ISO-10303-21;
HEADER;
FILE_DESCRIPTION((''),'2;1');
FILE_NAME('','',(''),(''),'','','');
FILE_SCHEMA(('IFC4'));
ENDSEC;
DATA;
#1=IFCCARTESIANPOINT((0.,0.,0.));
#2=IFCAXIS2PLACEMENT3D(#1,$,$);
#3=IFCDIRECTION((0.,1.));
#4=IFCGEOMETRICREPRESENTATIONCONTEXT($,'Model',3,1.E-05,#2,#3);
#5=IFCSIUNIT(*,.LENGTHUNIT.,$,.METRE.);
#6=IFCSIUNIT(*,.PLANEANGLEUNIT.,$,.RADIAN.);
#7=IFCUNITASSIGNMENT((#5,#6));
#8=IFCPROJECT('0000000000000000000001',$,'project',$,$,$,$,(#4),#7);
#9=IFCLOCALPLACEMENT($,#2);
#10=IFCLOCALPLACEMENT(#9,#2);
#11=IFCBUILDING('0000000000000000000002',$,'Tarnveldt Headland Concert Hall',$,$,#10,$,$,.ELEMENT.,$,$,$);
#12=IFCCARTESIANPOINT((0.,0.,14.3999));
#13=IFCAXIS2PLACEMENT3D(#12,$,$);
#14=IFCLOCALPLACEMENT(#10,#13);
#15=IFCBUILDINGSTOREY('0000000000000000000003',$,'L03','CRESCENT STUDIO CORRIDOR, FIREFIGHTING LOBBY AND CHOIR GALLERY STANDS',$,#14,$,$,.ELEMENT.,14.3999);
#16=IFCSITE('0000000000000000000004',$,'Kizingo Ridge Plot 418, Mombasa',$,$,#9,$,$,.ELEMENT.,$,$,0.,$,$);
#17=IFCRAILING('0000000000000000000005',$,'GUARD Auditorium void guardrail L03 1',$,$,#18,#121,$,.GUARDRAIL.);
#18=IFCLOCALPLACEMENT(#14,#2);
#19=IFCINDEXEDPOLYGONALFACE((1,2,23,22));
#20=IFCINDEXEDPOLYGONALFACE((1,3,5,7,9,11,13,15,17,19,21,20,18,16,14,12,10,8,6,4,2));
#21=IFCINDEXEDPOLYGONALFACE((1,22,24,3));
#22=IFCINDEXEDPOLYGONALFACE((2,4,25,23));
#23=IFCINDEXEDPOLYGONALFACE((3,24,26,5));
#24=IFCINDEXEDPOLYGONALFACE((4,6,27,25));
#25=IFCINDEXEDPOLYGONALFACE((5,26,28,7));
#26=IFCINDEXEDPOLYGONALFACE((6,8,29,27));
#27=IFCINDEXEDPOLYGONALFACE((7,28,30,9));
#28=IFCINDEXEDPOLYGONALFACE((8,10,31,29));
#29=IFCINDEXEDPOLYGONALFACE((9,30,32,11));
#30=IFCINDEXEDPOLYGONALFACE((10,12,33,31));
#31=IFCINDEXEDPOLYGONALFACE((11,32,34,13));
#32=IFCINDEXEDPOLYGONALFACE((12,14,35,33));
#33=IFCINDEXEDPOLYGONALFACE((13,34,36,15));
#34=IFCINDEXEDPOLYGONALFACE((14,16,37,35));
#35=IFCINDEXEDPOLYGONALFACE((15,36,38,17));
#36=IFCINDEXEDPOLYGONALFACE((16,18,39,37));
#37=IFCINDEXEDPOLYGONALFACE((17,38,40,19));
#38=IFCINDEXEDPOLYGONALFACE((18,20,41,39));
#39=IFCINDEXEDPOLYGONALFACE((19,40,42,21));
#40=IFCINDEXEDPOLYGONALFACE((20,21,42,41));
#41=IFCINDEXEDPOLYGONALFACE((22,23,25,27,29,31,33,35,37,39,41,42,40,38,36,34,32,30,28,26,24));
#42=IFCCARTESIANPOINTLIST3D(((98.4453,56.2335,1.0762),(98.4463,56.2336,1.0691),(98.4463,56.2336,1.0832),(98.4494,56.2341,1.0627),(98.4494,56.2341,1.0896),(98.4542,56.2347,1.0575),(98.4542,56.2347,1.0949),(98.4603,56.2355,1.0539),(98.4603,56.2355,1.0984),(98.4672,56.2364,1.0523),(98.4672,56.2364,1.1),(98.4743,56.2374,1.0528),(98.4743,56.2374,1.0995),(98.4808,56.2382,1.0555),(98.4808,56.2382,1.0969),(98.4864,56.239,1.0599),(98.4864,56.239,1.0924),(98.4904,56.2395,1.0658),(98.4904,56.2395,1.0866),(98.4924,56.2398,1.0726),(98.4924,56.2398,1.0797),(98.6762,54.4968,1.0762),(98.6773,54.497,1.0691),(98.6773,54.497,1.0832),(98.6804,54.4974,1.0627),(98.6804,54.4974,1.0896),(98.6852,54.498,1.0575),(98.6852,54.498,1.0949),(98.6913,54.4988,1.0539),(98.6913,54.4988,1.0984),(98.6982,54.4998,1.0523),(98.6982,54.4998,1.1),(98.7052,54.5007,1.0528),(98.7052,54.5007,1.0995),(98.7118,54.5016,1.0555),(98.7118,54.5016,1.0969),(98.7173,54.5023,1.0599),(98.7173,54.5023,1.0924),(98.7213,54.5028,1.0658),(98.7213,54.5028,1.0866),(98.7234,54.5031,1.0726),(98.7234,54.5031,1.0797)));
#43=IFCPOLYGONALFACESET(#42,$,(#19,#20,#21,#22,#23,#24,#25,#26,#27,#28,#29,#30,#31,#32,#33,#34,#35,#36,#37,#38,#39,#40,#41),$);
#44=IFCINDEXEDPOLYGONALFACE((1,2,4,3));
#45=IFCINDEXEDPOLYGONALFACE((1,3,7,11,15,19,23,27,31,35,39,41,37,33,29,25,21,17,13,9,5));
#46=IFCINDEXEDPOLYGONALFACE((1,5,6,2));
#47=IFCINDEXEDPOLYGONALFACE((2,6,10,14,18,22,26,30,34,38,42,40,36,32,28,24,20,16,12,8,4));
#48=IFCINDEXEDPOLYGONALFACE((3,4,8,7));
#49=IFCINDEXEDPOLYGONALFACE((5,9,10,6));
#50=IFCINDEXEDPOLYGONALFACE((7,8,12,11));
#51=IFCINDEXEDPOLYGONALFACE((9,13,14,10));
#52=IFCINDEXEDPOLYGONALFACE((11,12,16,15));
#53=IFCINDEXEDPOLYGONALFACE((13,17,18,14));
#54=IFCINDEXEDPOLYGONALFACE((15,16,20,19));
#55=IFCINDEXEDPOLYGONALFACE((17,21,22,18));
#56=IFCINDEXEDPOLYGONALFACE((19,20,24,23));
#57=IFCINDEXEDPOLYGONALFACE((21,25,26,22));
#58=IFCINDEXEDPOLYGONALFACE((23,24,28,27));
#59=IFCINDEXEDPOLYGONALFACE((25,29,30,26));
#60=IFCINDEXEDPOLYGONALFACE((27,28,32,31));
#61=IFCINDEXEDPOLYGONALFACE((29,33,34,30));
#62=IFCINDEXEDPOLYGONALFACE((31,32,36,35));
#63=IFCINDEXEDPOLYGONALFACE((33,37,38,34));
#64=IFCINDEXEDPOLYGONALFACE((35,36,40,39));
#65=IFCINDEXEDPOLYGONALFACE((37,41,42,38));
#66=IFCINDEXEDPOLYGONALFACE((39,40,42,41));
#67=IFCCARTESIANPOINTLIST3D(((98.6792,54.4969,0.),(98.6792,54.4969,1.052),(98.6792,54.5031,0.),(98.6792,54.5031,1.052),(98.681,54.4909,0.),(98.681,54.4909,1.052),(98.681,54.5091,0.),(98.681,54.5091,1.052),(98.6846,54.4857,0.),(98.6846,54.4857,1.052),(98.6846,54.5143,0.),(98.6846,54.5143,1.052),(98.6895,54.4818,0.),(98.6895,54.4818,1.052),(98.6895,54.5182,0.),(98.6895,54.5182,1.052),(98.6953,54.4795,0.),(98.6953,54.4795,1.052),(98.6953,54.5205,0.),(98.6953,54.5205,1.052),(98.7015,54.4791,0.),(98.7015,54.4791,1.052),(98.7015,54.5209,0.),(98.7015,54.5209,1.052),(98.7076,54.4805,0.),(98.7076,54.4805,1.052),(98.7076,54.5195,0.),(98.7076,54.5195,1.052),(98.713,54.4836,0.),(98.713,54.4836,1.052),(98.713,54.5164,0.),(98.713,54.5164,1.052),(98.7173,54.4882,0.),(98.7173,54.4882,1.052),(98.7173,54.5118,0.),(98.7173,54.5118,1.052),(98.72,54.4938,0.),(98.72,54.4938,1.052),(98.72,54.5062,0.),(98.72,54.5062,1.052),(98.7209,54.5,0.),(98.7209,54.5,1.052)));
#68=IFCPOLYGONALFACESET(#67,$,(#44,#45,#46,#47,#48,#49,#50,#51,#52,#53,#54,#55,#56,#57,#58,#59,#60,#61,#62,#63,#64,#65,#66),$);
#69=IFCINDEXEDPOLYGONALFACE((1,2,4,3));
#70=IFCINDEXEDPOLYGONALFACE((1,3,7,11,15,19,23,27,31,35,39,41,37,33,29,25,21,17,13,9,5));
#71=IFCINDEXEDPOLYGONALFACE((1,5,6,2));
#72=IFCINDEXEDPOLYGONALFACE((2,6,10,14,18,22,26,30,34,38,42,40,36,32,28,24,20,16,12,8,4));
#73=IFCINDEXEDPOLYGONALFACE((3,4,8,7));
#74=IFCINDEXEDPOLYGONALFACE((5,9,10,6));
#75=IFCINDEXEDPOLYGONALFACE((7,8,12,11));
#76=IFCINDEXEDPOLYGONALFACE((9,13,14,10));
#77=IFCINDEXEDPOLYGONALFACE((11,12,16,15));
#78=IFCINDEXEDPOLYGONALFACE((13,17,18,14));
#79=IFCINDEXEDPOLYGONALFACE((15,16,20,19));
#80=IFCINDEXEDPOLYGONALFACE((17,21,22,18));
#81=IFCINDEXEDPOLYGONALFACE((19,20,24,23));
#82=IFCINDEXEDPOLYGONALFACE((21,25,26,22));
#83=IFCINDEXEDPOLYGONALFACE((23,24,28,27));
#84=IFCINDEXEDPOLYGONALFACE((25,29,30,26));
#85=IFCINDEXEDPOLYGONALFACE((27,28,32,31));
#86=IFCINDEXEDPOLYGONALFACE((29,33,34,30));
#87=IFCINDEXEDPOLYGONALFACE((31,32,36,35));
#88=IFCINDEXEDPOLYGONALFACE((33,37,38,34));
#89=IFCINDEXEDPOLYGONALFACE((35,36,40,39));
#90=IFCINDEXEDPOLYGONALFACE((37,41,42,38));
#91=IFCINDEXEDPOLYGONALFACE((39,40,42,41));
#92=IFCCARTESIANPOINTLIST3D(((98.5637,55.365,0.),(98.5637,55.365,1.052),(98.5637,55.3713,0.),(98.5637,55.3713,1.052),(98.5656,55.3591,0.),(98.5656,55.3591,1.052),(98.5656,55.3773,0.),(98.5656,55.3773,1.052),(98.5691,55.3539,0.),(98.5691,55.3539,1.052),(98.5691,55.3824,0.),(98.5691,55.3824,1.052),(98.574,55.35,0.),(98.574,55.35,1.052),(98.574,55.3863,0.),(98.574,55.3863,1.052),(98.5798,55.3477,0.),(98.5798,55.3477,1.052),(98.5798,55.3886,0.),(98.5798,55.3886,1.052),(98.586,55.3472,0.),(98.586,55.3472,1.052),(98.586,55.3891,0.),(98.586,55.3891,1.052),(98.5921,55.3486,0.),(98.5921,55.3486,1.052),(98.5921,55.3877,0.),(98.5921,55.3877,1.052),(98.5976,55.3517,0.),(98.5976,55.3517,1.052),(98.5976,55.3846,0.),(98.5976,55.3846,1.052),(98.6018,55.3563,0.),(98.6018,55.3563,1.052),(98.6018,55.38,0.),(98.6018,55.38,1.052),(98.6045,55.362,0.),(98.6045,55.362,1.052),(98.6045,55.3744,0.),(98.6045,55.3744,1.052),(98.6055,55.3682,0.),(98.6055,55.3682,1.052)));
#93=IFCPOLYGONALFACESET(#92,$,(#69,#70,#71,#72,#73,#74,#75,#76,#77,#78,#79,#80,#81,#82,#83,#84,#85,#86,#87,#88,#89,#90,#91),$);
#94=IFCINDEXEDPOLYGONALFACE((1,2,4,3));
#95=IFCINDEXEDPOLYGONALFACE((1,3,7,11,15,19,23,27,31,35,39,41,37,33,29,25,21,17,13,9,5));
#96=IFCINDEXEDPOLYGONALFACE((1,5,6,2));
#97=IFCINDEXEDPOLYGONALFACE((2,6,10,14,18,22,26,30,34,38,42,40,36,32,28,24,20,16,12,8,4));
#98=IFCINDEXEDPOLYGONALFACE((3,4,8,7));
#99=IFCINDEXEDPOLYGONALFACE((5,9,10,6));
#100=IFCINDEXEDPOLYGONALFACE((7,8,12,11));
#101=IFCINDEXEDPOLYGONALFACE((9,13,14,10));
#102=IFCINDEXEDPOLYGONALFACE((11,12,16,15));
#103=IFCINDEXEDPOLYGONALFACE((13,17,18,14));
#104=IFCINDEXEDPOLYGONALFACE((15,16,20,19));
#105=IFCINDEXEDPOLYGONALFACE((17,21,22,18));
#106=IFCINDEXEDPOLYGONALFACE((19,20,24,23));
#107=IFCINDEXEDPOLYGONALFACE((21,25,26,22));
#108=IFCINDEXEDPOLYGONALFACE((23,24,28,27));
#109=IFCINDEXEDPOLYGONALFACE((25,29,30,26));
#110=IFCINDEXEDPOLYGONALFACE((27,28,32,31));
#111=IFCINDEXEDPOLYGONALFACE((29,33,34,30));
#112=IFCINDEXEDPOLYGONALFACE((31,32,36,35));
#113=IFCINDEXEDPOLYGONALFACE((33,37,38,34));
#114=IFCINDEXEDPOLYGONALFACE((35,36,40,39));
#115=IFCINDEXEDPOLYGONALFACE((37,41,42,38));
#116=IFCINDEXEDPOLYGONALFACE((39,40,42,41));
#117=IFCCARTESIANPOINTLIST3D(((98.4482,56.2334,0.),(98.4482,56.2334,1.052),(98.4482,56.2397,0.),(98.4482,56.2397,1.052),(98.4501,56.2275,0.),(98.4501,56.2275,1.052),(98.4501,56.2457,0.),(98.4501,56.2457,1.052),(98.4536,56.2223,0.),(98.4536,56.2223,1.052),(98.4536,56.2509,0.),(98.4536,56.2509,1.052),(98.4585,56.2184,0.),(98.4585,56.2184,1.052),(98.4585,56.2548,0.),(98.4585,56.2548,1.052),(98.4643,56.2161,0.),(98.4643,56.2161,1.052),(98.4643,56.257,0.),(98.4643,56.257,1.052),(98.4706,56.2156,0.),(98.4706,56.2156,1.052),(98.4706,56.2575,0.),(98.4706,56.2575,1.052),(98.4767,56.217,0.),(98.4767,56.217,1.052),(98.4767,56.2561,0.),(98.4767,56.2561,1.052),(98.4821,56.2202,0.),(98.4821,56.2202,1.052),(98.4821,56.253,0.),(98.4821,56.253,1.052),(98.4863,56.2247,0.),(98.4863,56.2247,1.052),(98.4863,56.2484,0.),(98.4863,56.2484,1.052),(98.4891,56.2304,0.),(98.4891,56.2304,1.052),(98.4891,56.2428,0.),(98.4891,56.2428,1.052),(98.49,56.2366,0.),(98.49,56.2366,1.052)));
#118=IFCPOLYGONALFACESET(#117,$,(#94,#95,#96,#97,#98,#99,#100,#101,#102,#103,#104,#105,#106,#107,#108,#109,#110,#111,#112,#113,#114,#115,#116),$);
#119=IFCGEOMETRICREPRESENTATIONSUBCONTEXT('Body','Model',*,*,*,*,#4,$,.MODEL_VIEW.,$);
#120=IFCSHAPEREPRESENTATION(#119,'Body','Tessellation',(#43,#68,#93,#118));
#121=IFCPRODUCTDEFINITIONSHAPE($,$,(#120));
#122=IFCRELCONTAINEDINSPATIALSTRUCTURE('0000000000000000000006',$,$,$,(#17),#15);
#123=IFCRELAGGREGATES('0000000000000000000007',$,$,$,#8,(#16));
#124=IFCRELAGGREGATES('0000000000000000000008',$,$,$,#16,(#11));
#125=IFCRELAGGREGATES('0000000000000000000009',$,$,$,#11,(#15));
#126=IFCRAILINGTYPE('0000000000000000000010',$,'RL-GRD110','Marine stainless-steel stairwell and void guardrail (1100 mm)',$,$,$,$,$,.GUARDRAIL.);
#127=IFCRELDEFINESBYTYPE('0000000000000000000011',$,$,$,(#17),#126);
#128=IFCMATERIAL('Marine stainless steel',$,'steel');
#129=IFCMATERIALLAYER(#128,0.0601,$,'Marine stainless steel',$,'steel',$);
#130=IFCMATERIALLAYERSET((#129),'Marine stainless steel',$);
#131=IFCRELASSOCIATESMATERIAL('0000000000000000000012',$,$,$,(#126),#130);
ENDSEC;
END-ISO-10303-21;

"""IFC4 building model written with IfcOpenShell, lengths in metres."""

from ifc_helpers import new_model, si_unit, direction, frame, origin, origin_2d, place, context, subcontext, project, spatial, circle, extrude, material, layer, layer_set, type_object, element, save


model = new_model("IFC4")

# Units and contexts
model_context = context("Model", 3, precision=1e-05, world=origin(), true_north=direction((0.0, 1.0)))
body_context = subcontext(model_context, "Body", "Model", "MODEL_VIEW")
ifc_project = project(units=[si_unit("LENGTHUNIT", "METRE"), si_unit("PLANEANGLEUNIT", "RADIAN")], contexts=[model_context])

# Site, building, storey
site_placement = place(None, origin())
site = spatial("IfcSite", under=ifc_project, at=site_placement, Name="Kizingo Ridge Plot 418, Mombasa", CompositionType="ELEMENT", RefElevation=0.0)
building_placement = place(site_placement, origin())
building = spatial("IfcBuilding", under=site, at=building_placement, Name="Tarnveldt Headland Concert Hall", CompositionType="ELEMENT")
storey_placement = place(building_placement, frame((0.0, 0.0, 14.3999)))
storey = spatial("IfcBuildingStorey", under=building, at=storey_placement, Name="L03", Description="CRESCENT STUDIO CORRIDOR, FIREFIGHTING LOBBY AND CHOIR GALLERY STANDS", CompositionType="ELEMENT", Elevation=14.3999)

# Railing
ifc_material_1 = material(Name="Marine stainless steel", Category="steel")
ifc_layer_1 = layer(ifc_material_1, 0.0601, Name="Marine stainless steel", Category="steel")
ifc_layer_set_1 = layer_set([ifc_layer_1], Name="Marine stainless steel")
railing_type = type_object("IfcRailingType", Name="RL-GRD110", Description="Marine stainless-steel stairwell and void guardrail (1100 mm)", PredefinedType="GUARDRAIL", material=ifc_layer_set_1)
railing_1_placement = place(storey_placement, frame((98.7, 54.5, 0.0)))
element("IfcRailing", 1, at=railing_1_placement, inside=storey, type_object=railing_type, Name="GUARD Auditorium void guardrail L03 1", PredefinedType="GUARDRAIL", context=body_context, shape_type="SweptSolid", body=[
    extrude(circle(Radius=0.0239, at=origin_2d()), frame((0.0, 0.0, 1.0762), z_axis=(-0.131835, 0.991272, 0.0), x_axis=(-0.991272, -0.131835, 0.0)), (0.0, 0.0, 1.0), 1.752),
    extrude(circle(Radius=0.021, at=origin_2d()), origin(), (0.0, 0.0, 1.0), 1.052),
    extrude(circle(Radius=0.021, at=origin_2d()), frame((-0.1155, 0.8682, 0.0)), (0.0, 0.0, 1.0), 1.052),
    extrude(circle(Radius=0.021, at=origin_2d()), frame((-0.231, 1.7366, 0.0)), (0.0, 0.0, 1.0), 1.052),
])

save(model, "model.ifc")
